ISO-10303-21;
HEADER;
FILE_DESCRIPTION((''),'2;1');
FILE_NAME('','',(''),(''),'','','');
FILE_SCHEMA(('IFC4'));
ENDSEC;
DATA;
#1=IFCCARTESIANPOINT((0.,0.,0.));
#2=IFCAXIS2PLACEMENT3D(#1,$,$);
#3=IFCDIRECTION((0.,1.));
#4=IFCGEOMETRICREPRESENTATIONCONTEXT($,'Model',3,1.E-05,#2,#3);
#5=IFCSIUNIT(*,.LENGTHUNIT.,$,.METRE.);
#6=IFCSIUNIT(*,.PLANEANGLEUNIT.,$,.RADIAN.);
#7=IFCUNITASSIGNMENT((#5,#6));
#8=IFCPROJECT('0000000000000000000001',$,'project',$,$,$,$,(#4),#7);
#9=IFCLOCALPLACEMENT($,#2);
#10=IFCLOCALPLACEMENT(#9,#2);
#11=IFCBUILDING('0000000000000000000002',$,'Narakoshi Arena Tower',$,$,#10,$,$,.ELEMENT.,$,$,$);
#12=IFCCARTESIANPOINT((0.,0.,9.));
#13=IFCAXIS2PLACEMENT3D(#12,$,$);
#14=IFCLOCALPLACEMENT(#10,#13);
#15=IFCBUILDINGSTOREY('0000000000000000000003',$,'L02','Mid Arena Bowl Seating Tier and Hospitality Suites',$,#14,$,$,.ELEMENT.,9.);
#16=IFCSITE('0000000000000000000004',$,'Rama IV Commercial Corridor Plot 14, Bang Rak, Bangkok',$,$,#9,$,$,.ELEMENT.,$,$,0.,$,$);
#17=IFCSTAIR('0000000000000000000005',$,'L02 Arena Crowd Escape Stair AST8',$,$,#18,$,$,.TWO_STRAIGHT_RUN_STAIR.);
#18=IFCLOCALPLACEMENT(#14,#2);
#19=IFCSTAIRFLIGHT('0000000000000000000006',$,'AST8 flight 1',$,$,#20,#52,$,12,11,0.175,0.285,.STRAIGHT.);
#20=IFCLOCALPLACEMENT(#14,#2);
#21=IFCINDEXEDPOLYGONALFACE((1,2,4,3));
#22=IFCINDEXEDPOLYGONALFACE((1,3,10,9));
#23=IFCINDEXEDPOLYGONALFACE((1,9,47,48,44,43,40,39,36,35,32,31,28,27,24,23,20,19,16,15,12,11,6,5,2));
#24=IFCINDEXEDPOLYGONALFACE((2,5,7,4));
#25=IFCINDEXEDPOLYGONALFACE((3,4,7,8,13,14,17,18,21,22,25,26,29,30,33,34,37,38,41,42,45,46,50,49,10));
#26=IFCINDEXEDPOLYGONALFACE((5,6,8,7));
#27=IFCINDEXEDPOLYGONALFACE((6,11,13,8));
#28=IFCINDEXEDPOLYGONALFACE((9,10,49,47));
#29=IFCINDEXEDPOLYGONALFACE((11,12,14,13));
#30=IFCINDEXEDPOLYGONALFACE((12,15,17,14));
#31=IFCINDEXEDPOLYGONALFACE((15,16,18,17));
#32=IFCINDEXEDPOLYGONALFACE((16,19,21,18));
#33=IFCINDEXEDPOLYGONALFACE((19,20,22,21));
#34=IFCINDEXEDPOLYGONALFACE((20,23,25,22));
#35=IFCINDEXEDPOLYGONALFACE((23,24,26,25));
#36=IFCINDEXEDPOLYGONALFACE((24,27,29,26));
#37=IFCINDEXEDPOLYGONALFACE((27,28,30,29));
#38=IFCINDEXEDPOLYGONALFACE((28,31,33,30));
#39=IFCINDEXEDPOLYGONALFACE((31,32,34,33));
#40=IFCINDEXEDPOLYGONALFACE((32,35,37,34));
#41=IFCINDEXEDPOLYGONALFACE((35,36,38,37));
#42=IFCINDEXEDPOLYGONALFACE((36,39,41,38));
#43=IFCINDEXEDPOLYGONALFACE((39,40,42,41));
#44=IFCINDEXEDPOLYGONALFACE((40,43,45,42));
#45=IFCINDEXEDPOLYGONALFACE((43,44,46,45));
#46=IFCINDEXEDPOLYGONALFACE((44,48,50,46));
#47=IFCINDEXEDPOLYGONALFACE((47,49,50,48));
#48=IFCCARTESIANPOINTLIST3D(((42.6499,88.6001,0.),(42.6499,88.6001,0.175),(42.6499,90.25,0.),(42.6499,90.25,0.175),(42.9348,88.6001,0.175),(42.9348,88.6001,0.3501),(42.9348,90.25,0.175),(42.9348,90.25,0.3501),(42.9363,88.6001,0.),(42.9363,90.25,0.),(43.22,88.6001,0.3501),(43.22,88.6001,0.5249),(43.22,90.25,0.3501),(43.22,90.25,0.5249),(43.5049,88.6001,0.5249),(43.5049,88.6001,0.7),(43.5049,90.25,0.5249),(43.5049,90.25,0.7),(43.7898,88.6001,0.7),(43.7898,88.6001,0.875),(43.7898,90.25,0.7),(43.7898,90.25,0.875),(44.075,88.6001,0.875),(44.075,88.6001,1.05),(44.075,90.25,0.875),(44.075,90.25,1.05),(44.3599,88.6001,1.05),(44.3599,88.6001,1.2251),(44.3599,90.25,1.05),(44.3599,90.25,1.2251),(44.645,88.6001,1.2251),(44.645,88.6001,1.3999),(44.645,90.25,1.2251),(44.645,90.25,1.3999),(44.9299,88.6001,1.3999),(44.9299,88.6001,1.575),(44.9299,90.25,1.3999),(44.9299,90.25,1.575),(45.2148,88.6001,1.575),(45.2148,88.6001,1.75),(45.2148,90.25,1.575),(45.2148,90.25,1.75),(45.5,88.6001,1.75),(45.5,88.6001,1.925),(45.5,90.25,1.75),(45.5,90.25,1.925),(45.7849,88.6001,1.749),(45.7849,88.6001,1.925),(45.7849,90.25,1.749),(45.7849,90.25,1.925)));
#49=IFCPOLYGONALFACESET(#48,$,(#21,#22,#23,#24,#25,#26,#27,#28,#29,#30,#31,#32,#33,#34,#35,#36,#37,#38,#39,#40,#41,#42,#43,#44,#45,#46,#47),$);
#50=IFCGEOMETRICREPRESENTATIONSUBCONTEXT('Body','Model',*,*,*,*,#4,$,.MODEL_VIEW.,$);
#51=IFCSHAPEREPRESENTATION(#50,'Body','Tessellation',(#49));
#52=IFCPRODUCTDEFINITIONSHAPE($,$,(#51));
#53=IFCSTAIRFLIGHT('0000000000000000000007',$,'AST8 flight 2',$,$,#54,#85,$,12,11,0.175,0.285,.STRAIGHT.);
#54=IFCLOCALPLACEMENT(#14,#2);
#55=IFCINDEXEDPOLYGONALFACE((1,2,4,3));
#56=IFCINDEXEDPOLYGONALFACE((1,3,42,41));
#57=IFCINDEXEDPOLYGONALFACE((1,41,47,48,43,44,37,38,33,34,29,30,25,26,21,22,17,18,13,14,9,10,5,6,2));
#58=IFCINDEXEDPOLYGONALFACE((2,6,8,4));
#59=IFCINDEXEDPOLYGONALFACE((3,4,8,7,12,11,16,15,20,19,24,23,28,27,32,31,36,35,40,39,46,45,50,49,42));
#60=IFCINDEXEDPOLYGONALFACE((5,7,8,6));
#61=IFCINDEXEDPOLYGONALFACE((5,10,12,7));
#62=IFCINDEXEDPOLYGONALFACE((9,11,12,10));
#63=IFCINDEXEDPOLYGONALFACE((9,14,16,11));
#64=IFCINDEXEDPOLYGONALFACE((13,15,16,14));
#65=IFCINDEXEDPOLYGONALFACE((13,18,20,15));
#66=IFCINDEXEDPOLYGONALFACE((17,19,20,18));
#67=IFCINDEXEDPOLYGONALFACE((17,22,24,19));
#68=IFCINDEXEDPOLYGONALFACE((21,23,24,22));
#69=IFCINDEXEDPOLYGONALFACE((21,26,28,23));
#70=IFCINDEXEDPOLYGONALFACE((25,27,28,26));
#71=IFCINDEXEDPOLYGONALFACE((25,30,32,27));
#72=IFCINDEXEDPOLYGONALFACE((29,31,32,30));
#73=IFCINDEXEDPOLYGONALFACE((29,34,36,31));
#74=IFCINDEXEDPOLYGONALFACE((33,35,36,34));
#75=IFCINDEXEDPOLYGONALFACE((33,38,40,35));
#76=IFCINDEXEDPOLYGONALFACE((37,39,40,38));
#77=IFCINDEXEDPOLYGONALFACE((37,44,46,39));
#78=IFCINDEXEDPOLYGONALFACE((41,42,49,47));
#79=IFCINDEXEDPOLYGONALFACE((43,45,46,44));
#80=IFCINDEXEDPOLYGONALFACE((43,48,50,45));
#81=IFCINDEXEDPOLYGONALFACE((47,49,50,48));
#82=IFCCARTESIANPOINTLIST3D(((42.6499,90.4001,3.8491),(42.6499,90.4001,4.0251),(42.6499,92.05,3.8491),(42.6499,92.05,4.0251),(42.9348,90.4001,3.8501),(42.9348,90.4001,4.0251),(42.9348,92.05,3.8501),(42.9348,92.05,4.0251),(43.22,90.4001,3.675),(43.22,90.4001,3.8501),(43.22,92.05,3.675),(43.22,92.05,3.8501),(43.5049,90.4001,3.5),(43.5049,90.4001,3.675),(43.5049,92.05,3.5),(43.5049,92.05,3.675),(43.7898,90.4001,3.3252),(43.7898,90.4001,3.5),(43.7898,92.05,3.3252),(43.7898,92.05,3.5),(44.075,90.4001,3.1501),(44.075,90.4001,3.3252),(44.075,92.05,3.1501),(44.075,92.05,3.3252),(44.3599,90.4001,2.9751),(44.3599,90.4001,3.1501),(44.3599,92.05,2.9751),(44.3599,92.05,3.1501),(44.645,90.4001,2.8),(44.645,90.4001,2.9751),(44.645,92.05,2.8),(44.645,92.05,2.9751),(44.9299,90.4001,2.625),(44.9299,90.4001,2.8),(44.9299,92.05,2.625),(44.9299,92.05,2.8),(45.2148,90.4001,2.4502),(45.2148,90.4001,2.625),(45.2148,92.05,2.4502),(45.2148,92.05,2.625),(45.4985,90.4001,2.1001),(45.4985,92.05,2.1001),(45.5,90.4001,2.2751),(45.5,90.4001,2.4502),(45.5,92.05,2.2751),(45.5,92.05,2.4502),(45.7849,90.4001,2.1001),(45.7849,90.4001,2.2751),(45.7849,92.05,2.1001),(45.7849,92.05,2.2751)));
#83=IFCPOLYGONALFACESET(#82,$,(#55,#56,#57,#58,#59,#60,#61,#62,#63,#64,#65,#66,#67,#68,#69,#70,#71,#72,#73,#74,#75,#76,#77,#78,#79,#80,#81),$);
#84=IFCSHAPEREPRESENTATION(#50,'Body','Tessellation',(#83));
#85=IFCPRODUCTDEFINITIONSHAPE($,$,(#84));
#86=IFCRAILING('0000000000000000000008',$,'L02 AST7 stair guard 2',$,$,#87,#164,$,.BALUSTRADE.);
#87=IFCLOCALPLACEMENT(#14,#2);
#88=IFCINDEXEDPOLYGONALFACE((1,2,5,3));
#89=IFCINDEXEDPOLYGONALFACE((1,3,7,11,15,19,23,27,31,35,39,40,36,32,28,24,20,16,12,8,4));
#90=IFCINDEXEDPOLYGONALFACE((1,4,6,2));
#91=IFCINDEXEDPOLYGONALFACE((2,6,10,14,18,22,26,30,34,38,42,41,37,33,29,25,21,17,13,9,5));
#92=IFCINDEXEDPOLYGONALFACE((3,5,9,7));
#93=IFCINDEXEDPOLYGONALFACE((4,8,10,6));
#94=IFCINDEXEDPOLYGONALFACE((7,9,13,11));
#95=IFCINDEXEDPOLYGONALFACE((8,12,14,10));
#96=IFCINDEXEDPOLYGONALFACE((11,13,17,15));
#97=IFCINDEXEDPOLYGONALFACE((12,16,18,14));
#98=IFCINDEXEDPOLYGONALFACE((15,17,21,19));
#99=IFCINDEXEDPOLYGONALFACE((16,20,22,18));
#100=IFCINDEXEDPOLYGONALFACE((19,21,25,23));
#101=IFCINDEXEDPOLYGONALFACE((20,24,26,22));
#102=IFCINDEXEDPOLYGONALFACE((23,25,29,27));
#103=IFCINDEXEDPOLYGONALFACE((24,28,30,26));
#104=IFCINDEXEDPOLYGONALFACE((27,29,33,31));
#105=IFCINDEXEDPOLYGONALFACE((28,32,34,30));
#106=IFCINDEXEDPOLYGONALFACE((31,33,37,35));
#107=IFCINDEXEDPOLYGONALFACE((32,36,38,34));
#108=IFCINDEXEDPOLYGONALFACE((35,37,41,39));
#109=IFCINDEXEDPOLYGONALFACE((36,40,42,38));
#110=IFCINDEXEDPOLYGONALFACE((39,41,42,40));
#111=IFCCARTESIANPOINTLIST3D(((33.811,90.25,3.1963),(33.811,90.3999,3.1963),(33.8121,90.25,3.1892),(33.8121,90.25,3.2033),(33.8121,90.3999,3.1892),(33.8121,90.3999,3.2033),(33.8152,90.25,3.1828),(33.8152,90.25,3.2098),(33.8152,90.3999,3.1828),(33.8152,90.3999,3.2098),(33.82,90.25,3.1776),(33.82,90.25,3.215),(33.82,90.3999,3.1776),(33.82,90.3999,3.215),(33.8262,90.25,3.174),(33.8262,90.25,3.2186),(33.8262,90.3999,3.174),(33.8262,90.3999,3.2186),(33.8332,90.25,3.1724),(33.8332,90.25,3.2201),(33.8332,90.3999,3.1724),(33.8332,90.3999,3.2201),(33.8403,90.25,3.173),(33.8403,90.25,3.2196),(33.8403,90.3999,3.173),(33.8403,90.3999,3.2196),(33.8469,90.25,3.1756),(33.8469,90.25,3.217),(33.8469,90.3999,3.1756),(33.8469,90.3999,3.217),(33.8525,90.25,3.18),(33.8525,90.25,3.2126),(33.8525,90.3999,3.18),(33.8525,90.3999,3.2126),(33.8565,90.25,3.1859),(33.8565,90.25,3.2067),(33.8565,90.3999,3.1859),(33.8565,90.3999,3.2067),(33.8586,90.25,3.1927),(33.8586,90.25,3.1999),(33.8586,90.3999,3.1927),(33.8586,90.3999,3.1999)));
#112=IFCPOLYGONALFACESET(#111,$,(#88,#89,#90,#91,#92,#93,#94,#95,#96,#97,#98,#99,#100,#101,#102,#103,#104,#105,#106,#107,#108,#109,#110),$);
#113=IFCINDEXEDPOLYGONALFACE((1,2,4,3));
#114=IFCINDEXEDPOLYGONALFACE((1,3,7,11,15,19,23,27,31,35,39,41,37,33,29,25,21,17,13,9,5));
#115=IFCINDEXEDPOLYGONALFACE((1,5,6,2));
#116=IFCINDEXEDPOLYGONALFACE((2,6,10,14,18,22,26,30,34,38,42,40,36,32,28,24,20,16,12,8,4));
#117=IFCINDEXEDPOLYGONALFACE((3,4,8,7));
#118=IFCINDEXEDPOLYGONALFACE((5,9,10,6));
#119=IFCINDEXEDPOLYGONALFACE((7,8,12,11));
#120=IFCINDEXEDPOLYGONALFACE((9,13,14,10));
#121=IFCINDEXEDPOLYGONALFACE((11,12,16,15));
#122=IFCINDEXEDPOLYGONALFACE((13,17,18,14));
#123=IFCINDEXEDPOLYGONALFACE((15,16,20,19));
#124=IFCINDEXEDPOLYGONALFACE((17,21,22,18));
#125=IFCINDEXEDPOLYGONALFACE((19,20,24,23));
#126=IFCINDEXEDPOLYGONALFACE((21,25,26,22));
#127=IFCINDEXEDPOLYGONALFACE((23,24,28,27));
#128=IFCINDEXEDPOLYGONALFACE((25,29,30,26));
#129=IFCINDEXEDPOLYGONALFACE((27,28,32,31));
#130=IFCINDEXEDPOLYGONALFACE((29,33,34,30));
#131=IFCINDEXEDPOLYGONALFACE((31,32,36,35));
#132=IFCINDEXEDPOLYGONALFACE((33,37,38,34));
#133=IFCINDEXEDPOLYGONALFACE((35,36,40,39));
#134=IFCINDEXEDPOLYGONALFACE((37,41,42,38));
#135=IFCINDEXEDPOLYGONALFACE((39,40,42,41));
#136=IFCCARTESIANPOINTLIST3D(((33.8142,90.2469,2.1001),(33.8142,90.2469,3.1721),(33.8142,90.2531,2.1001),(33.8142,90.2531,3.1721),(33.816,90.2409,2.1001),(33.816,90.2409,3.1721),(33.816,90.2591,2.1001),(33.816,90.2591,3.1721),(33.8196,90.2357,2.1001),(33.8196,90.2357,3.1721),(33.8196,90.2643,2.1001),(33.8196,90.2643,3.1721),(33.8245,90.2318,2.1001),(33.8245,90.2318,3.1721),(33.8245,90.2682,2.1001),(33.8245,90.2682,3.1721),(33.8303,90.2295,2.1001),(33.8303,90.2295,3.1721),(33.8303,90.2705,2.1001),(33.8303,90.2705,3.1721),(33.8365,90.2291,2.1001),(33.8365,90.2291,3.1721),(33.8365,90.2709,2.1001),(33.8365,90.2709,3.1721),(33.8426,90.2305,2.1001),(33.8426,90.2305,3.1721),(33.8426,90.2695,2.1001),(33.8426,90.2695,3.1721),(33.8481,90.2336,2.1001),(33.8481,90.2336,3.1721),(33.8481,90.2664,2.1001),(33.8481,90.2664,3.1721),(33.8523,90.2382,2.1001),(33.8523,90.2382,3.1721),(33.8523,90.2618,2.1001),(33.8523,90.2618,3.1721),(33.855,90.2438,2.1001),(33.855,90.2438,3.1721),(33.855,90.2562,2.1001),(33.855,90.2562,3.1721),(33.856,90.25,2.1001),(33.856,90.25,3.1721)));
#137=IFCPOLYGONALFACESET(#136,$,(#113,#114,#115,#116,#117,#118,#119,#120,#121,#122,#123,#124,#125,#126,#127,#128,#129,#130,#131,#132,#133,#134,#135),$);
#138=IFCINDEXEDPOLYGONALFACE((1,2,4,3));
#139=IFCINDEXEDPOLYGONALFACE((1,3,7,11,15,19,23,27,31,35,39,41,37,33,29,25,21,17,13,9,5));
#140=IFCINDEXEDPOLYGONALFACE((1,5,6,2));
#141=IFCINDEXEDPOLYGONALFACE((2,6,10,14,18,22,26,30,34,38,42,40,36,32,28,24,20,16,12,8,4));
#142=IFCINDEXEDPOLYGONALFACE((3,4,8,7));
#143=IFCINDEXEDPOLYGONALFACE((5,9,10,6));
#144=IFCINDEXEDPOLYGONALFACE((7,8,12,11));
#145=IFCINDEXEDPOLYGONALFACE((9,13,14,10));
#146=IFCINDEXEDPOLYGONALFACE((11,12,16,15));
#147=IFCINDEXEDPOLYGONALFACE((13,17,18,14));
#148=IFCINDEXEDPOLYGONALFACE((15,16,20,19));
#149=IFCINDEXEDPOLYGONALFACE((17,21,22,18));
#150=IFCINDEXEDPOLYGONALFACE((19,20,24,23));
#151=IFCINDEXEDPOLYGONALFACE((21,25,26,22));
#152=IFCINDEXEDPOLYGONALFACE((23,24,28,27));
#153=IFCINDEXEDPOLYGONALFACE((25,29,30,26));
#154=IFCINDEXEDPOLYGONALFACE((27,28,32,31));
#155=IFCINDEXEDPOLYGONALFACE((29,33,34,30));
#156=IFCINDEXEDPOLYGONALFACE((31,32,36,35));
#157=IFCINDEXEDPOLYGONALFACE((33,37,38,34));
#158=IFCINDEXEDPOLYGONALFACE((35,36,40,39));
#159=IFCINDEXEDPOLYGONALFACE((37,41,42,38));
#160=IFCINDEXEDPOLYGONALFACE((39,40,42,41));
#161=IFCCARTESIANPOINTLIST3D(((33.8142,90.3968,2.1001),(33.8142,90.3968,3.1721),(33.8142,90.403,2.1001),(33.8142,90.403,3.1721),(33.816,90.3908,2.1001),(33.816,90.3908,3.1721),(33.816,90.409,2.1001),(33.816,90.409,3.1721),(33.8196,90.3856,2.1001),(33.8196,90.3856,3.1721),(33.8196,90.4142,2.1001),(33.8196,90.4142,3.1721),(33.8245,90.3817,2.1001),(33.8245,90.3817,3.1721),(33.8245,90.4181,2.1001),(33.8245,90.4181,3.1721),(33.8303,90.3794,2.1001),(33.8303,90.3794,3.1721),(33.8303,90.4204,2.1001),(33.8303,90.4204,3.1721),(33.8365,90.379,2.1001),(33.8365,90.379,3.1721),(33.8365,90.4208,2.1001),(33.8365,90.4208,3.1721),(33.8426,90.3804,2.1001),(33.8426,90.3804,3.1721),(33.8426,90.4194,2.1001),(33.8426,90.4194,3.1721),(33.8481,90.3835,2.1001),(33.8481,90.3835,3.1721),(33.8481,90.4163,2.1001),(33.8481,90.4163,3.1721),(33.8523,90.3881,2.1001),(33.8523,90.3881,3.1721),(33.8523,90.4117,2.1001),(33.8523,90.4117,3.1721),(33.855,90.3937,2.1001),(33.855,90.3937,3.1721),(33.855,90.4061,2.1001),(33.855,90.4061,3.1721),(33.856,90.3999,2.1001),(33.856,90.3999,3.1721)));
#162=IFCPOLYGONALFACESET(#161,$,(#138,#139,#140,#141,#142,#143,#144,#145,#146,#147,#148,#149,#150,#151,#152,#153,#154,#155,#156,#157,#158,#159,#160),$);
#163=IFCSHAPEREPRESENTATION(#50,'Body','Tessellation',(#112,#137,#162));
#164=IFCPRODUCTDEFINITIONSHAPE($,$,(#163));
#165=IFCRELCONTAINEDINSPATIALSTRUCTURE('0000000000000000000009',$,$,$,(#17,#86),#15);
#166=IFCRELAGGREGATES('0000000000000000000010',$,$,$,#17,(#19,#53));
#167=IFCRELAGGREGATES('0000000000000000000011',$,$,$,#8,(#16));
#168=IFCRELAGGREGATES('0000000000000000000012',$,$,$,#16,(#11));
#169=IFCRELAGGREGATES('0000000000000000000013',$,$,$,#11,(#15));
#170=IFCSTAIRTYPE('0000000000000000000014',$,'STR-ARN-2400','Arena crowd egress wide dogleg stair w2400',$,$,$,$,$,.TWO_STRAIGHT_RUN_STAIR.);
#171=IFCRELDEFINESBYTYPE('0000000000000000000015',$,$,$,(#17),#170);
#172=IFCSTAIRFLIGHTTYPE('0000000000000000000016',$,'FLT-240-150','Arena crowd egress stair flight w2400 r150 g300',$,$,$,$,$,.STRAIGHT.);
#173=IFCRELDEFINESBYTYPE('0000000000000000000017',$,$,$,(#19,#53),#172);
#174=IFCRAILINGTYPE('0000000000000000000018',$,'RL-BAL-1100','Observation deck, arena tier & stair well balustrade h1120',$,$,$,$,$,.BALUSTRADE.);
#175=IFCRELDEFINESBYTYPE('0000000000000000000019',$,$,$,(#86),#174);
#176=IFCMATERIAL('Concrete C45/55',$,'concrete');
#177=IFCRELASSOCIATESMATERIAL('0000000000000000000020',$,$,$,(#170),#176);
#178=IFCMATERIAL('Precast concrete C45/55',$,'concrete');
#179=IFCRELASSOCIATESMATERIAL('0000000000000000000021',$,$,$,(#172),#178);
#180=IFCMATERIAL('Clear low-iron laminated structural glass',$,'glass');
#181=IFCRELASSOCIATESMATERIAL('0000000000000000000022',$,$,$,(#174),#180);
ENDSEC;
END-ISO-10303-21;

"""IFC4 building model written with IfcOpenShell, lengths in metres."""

from ifc_helpers import new_model, si_unit, direction, frame, origin, origin_2d, place, context, subcontext, project, spatial, polyline, circle, outline, extrude, material, type_object, element, aggregate, save


model = new_model("IFC4")

# Units and contexts
model_context = context("Model", 3, precision=1e-05, world=origin(), true_north=direction((0.0, 1.0)))
body_context = subcontext(model_context, "Body", "Model", "MODEL_VIEW")
ifc_project = project(units=[si_unit("LENGTHUNIT", "METRE"), si_unit("PLANEANGLEUNIT", "RADIAN")], contexts=[model_context])

# Site, building, storey
site_placement = place(None, origin())
site = spatial("IfcSite", under=ifc_project, at=site_placement, Name="Rama IV Commercial Corridor Plot 14, Bang Rak, Bangkok", CompositionType="ELEMENT", RefElevation=0.0)
building_placement = place(site_placement, origin())
building = spatial("IfcBuilding", under=site, at=building_placement, Name="Narakoshi Arena Tower", CompositionType="ELEMENT")
storey_placement = place(building_placement, frame((0.0, 0.0, 9.0)))
storey = spatial("IfcBuildingStorey", under=building, at=storey_placement, Name="L02", Description="Mid Arena Bowl Seating Tier and Hospitality Suites", CompositionType="ELEMENT", Elevation=9.0)

# Shared definitions
ifc_material_1 = material(Name="Concrete C45/55", Category="concrete")
stair_type = type_object("IfcStairType", Name="STR-ARN-2400", Description="Arena crowd egress wide dogleg stair w2400", PredefinedType="TWO_STRAIGHT_RUN_STAIR", material=ifc_material_1)
ifc_material_2 = material(Name="Precast concrete C45/55", Category="concrete")
stair_flight_type = type_object("IfcStairFlightType", Name="FLT-240-150", Description="Arena crowd egress stair flight w2400 r150 g300", PredefinedType="STRAIGHT", material=ifc_material_2)

# Stair, stair flights
stair_1_placement = place(storey_placement, origin())
stair_1 = element("IfcStair", 1, at=stair_1_placement, inside=storey, type_object=stair_type, Name="L02 Arena Crowd Escape Stair AST8", PredefinedType="TWO_STRAIGHT_RUN_STAIR")
stair_flight_1_placement = place(storey_placement, frame((42.6499, 89.425, 0.0), z_axis=(0.0, 0.0, 1.0), x_axis=(1.0, 0.0, 0.0)))
stair_flight_1 = element("IfcStairFlight", 2, at=stair_flight_1_placement, type_object=stair_flight_type, Name="AST8 flight 1", NumberOfRisers=12, NumberOfTreads=11, PredefinedType="STRAIGHT", RiserHeight=0.175, TreadLength=0.285, context=body_context, shape_type="SweptSolid", body=[
    extrude(outline(polyline([(0.0, 0.0), (0.0, 0.175), (0.2849, 0.175), (0.2849, 0.3501), (0.5701, 0.3501), (0.5701, 0.5249), (0.855, 0.5249), (0.855, 0.7), (1.1399, 0.7), (1.1399, 0.875), (1.425, 0.875), (1.425, 1.05), (1.71, 1.05), (1.71, 1.2251), (1.9951, 1.2251), (1.9951, 1.3999), (2.28, 1.3999), (2.28, 1.575), (2.5649, 1.575), (2.5649, 1.75), (2.8501, 1.75), (2.8501, 1.925), (3.135, 1.925), (3.135, 2.1001), (3.135, 1.749), (0.2864, 0.0), (0.0, 0.0)])), frame((0.0, 0.825, 0.0), z_axis=(0.0, -1.0, 0.0), x_axis=(1.0, 0.0, 0.0)), (0.0, 0.0, 1.0), 1.6499),
])
stair_flight_2_placement = place(storey_placement, frame((45.7849, 91.2251, 2.1001), z_axis=(0.0, 0.0, 1.0), x_axis=(-1.0, 0.0, 0.0)))
stair_flight_2 = element("IfcStairFlight", 3, at=stair_flight_2_placement, type_object=stair_flight_type, Name="AST8 flight 2", NumberOfRisers=12, NumberOfTreads=11, PredefinedType="STRAIGHT", RiserHeight=0.175, TreadLength=0.285, context=body_context, shape_type="SweptSolid", body=[
    extrude(outline(polyline([(0.0, 0.0), (0.0, 0.175), (0.2849, 0.175), (0.2849, 0.3501), (0.5701, 0.3501), (0.5701, 0.5249), (0.855, 0.5249), (0.855, 0.7), (1.1399, 0.7), (1.1399, 0.875), (1.425, 0.875), (1.425, 1.05), (1.71, 1.05), (1.71, 1.2251), (1.9951, 1.2251), (1.9951, 1.3999), (2.28, 1.3999), (2.28, 1.575), (2.5649, 1.575), (2.5649, 1.75), (2.8501, 1.75), (2.8501, 1.925), (3.135, 1.925), (3.135, 2.1001), (3.135, 1.749), (0.2864, 0.0), (0.0, 0.0)])), frame((0.0, 0.825, 0.0), z_axis=(0.0, -1.0, 0.0), x_axis=(1.0, 0.0, 0.0)), (0.0, 0.0, 1.0), 1.6499),
])
aggregate(stair_1, [stair_flight_1, stair_flight_2])

# Railing
ifc_material_3 = material(Name="Clear low-iron laminated structural glass", Category="glass")
railing_type_1 = type_object("IfcRailingType", Name="RL-BAL-1100", Description="Observation deck, arena tier & stair well balustrade h1120", PredefinedType="BALUSTRADE", material=ifc_material_3)
railing_1_placement = place(storey_placement, frame((33.835, 90.25, 2.1001)))
element("IfcRailing", 4, at=railing_1_placement, inside=storey, type_object=railing_type_1, Name="L02 AST7 stair guard 2", PredefinedType="BALUSTRADE", context=body_context, shape_type="SweptSolid", body=[
    extrude(circle(Radius=0.0239, at=origin_2d()), frame((0.0, 0.0, 1.0962), z_axis=(0.0, 1.0, 0.0), x_axis=(-1.0, 0.0, 0.0)), (0.0, 0.0, 1.0), 0.1499),
    extrude(circle(Radius=0.021, at=origin_2d()), origin(), (0.0, 0.0, 1.0), 1.072),
    extrude(circle(Radius=0.021, at=origin_2d()), frame((0.0, 0.1499, 0.0)), (0.0, 0.0, 1.0), 1.072),
])

save(model, "model.ifc")
